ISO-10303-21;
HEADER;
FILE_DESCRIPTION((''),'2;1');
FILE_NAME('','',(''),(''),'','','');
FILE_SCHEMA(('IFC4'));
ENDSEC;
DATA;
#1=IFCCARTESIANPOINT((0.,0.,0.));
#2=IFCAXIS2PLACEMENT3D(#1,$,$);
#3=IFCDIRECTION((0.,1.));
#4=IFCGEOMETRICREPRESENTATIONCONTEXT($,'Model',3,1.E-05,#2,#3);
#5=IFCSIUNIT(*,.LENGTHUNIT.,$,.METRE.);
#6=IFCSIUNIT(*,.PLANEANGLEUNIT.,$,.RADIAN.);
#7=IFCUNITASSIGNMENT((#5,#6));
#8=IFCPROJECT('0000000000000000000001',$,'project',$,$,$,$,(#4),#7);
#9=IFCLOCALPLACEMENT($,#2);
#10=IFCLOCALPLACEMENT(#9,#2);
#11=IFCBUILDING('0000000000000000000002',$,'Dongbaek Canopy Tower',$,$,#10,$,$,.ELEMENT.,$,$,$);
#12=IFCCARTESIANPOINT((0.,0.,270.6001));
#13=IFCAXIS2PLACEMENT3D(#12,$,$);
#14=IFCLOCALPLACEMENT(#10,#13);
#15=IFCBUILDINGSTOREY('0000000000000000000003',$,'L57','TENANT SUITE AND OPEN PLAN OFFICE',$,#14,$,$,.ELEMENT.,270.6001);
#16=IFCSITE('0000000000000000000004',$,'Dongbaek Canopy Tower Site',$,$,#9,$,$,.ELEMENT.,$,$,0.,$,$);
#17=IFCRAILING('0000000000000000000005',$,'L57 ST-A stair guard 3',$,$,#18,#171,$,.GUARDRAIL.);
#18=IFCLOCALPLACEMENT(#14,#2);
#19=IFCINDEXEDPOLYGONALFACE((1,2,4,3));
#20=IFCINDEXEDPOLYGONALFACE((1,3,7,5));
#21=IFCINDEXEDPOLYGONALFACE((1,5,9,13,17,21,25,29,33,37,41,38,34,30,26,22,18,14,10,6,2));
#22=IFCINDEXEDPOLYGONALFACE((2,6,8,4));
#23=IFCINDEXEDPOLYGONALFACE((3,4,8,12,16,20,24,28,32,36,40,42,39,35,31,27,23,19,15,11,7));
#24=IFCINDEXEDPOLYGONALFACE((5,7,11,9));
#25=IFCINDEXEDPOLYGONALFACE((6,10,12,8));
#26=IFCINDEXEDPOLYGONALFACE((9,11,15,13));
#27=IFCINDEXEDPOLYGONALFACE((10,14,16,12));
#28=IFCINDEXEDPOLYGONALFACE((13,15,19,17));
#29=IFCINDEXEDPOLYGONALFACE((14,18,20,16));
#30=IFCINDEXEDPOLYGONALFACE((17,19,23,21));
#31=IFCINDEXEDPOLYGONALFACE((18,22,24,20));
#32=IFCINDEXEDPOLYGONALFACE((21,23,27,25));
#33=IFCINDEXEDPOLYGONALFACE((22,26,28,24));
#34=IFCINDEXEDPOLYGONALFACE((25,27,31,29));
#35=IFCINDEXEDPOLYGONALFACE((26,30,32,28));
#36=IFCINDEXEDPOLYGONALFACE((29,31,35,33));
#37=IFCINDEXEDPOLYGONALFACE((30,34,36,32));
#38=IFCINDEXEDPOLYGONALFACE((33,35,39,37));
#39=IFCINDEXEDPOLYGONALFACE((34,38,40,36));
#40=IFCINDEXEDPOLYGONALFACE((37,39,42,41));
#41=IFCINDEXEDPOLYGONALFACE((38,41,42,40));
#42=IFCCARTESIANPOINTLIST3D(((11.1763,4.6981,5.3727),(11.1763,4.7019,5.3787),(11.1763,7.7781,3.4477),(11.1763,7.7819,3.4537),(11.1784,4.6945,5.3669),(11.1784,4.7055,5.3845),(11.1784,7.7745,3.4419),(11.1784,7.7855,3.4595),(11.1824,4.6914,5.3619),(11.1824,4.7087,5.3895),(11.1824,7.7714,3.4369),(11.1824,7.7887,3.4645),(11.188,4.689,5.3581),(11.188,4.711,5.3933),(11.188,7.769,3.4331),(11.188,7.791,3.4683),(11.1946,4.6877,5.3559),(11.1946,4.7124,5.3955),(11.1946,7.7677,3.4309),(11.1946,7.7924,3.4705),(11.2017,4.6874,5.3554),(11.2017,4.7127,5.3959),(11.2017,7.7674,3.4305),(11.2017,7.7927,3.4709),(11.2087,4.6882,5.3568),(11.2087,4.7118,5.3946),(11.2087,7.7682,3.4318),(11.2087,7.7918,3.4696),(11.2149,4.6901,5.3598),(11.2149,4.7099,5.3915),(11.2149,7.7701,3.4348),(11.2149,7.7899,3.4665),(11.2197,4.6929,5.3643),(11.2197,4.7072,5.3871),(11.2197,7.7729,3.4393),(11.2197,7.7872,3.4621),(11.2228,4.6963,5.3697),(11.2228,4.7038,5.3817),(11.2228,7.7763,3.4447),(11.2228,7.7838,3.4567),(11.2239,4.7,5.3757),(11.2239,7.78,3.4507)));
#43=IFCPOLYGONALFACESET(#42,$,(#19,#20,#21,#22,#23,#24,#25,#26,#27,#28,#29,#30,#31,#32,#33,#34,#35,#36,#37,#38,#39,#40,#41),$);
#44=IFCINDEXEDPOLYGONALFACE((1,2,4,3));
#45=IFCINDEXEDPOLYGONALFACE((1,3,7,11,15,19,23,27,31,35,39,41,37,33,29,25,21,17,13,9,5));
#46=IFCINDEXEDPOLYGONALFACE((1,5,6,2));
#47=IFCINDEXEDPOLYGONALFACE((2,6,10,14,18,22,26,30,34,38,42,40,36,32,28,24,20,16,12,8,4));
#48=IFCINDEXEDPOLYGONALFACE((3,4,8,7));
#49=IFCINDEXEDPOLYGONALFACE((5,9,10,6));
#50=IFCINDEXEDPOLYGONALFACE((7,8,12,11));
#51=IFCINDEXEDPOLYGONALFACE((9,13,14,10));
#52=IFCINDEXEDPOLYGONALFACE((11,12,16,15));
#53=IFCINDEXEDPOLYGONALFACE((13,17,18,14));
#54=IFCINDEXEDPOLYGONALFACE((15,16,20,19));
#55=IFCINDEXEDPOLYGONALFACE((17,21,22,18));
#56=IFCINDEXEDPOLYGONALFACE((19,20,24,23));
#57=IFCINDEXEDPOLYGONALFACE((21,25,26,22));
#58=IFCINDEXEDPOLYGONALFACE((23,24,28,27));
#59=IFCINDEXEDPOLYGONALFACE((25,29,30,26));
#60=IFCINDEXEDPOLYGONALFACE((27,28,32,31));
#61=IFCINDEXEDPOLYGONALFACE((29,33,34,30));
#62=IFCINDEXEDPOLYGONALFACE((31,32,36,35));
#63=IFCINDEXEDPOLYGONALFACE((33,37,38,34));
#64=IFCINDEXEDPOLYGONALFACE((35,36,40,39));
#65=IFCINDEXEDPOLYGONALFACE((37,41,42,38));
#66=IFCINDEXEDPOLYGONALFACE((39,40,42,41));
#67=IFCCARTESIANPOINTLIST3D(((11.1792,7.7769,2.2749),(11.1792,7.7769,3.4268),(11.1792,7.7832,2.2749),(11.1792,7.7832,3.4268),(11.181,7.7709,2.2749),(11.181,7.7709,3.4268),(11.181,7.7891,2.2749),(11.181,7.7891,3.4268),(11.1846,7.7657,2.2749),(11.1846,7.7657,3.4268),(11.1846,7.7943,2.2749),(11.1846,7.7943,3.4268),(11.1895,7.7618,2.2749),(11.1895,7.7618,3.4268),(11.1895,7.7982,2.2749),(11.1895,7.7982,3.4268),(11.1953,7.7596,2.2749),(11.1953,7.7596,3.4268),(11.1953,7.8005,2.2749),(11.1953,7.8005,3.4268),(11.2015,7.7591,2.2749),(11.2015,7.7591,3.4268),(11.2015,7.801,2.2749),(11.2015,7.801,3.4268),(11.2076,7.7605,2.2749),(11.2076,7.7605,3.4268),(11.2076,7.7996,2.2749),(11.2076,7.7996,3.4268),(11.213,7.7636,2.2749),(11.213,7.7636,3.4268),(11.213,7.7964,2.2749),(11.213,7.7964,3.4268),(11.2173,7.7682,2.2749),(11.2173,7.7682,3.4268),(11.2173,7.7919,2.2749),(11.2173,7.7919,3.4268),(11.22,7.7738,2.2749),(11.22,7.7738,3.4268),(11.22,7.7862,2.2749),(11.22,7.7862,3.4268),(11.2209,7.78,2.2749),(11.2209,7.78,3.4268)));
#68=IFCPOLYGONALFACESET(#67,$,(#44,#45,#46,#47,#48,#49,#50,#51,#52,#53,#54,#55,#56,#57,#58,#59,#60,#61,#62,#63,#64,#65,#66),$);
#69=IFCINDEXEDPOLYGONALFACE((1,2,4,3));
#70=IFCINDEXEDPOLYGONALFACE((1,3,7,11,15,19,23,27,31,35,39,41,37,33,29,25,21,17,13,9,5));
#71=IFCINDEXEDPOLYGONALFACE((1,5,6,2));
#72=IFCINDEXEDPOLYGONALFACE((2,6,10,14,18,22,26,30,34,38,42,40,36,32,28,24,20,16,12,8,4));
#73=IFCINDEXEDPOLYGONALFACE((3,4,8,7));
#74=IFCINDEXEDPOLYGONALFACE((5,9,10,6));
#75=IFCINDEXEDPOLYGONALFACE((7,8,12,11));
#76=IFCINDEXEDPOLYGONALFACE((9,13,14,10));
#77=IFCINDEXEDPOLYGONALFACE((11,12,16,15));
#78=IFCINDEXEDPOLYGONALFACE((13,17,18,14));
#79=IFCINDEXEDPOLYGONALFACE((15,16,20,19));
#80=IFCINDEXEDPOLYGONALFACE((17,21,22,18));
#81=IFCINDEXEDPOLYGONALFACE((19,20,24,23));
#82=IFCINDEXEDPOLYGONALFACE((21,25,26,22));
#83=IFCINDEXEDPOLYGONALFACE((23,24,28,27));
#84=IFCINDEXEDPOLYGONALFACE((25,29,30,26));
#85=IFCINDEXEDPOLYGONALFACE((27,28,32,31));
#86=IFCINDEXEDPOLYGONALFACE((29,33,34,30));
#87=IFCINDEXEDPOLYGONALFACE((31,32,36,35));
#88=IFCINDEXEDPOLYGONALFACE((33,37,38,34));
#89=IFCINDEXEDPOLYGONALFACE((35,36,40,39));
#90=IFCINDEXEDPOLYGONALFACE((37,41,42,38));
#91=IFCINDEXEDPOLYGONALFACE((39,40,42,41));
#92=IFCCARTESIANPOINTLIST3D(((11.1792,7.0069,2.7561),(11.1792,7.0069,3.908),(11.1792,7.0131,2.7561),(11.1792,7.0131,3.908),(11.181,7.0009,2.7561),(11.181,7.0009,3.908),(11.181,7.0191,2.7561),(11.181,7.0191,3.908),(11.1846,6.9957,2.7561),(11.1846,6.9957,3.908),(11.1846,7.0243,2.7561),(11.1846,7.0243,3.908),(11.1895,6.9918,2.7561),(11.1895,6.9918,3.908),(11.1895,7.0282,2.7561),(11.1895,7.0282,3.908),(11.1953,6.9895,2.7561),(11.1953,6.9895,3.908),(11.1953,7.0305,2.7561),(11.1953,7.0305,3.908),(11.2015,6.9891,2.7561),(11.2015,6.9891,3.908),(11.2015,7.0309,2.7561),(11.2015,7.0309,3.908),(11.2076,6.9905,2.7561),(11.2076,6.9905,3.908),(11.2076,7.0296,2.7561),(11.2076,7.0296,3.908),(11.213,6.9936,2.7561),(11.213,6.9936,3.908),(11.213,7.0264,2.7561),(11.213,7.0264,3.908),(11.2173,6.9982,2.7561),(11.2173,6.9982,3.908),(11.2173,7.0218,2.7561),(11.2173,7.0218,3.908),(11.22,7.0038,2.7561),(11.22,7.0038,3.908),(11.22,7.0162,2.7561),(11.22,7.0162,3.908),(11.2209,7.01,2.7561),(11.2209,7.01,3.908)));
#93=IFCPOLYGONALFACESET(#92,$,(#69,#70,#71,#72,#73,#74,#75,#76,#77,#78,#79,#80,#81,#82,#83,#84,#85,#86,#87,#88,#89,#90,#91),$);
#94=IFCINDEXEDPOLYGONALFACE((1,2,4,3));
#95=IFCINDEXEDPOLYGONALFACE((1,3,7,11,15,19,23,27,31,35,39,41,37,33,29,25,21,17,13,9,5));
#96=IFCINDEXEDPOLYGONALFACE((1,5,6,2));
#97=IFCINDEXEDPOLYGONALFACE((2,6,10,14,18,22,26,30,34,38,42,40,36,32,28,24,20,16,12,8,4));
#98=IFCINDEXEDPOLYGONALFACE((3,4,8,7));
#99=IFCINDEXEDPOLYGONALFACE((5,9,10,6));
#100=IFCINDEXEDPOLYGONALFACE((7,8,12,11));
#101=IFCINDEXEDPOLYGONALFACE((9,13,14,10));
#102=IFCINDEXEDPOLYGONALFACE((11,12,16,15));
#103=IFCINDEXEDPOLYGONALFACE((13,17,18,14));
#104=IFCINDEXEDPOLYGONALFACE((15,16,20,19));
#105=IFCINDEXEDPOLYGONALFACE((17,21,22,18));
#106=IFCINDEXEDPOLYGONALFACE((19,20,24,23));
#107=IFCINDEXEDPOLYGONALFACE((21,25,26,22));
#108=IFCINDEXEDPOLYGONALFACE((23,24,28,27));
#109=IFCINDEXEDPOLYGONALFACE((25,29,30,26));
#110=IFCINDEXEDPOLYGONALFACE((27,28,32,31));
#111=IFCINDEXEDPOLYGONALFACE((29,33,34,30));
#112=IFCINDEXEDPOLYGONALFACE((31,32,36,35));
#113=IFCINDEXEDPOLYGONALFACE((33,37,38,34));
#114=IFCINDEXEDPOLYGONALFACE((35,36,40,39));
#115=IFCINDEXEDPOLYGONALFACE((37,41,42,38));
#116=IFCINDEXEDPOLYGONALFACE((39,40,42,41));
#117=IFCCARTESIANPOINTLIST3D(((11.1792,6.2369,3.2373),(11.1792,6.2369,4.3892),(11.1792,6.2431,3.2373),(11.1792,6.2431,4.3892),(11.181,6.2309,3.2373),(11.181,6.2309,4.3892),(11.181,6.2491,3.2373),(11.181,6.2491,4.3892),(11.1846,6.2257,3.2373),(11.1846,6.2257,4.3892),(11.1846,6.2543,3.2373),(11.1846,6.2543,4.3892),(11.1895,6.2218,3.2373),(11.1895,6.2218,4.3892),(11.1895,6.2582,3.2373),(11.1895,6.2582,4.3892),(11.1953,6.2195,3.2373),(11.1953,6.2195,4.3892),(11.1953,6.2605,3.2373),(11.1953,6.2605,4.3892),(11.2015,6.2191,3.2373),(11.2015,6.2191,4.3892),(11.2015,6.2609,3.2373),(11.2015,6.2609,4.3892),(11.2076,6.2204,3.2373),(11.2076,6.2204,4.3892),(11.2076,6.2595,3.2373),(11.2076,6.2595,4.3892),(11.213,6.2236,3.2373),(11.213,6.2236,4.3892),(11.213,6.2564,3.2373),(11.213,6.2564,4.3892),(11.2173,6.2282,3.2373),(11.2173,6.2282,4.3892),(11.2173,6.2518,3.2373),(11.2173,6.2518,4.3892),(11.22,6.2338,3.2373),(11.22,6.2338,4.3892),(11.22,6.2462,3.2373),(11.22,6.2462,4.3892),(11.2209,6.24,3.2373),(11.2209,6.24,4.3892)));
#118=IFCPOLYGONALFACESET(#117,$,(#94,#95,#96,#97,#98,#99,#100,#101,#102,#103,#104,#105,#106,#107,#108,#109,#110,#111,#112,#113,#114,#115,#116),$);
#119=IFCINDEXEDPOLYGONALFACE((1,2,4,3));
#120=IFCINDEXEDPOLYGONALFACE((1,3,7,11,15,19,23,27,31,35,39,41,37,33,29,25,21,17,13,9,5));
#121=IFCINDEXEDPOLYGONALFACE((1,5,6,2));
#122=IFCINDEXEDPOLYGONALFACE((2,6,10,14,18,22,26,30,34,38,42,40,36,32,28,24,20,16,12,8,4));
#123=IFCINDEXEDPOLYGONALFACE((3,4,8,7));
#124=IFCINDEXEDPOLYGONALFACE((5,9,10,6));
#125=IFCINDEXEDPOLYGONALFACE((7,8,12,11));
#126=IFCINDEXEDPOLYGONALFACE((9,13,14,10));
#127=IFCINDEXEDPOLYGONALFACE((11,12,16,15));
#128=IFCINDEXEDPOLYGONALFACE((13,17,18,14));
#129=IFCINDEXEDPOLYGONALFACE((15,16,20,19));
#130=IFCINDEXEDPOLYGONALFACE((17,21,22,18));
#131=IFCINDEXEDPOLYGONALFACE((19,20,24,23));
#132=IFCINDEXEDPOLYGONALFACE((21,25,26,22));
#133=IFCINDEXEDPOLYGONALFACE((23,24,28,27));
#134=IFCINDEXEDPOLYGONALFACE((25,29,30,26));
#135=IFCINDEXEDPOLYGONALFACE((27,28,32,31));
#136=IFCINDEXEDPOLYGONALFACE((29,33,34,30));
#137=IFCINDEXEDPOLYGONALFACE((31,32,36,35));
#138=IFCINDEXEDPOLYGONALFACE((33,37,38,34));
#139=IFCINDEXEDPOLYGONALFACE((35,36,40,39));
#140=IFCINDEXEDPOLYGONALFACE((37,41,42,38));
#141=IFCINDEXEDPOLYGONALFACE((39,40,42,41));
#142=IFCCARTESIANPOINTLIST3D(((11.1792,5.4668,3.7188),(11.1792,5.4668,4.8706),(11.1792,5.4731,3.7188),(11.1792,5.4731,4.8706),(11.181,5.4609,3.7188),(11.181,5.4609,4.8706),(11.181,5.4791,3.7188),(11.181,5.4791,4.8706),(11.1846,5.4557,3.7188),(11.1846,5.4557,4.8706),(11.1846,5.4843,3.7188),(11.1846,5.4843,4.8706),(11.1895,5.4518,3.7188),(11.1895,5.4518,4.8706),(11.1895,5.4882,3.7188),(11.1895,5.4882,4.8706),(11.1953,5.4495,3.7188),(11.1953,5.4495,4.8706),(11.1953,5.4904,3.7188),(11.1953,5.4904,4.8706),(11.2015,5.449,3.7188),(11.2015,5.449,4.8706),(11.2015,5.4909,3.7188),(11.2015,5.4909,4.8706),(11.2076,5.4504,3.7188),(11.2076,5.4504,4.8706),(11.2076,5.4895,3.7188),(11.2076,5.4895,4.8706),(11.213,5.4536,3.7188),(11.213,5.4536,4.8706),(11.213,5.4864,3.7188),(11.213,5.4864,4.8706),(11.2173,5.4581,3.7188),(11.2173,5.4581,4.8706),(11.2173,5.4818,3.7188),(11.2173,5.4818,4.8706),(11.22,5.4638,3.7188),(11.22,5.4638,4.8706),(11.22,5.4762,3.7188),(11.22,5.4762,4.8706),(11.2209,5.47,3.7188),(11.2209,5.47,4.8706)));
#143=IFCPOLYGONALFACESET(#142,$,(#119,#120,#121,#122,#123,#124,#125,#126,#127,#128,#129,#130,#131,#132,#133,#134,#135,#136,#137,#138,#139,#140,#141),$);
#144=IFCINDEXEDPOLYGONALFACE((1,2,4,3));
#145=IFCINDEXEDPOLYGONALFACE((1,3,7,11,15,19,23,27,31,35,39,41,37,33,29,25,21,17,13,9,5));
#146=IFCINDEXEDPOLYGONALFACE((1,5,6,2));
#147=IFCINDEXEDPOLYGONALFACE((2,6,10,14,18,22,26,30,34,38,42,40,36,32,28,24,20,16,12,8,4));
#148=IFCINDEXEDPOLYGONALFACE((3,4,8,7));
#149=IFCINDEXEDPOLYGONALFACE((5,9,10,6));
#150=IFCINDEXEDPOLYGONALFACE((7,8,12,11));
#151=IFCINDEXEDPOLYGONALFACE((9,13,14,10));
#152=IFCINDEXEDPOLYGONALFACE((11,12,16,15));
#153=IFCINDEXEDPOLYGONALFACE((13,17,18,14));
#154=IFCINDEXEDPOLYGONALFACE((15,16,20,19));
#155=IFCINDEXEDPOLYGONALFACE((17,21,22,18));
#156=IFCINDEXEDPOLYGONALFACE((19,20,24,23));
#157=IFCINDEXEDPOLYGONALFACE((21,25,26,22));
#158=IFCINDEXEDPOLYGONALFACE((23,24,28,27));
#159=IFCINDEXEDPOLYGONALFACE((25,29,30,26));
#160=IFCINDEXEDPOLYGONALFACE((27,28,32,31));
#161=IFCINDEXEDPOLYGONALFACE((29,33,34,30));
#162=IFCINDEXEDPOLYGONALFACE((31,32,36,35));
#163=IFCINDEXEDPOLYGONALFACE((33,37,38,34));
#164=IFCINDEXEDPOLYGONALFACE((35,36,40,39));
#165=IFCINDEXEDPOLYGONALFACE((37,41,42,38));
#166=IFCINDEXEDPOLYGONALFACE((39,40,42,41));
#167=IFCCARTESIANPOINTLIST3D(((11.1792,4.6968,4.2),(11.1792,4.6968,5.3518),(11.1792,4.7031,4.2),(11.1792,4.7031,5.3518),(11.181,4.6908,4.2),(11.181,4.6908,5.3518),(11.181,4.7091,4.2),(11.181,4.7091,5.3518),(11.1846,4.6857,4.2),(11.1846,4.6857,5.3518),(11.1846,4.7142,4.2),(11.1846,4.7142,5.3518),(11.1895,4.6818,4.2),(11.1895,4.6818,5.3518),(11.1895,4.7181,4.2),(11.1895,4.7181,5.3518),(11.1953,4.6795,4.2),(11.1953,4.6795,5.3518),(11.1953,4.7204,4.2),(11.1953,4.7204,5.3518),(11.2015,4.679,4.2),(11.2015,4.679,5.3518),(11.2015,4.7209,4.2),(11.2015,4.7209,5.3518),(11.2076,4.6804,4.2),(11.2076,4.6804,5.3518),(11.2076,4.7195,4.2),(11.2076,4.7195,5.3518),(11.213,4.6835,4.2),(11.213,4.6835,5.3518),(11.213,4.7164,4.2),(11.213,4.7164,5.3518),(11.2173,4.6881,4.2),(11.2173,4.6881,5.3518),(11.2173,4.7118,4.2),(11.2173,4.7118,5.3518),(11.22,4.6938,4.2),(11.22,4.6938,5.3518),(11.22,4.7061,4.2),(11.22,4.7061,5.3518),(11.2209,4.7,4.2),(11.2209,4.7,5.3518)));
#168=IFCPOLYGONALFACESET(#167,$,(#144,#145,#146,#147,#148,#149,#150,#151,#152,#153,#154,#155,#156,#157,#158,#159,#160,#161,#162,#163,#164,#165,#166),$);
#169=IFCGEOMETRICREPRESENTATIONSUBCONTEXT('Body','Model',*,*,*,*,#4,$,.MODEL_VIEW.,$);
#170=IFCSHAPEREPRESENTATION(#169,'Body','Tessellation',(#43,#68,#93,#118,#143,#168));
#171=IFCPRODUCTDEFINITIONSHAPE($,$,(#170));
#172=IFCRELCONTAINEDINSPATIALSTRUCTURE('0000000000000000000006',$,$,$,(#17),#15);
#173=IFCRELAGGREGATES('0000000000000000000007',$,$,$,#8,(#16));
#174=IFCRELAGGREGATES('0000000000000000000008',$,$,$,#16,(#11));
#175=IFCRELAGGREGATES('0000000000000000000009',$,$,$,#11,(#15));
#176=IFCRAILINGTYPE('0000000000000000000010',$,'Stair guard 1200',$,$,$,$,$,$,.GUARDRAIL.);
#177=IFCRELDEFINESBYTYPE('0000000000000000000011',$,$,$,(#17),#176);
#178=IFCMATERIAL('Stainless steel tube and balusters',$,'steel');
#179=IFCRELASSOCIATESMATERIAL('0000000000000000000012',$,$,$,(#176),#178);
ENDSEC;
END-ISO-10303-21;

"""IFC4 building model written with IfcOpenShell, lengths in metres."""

from ifc_helpers import new_model, si_unit, direction, frame, origin, origin_2d, place, context, subcontext, project, spatial, circle, extrude, material, type_object, element, save


model = new_model("IFC4")

# Units and contexts
model_context = context("Model", 3, precision=1e-05, world=origin(), true_north=direction((0.0, 1.0)))
body_context = subcontext(model_context, "Body", "Model", "MODEL_VIEW")
ifc_project = project(units=[si_unit("LENGTHUNIT", "METRE"), si_unit("PLANEANGLEUNIT", "RADIAN")], contexts=[model_context])

# Site, building, storey
site_placement = place(None, origin())
site = spatial("IfcSite", under=ifc_project, at=site_placement, Name="Dongbaek Canopy Tower Site", CompositionType="ELEMENT", RefElevation=0.0)
building_placement = place(site_placement, origin())
building = spatial("IfcBuilding", under=site, at=building_placement, Name="Dongbaek Canopy Tower", CompositionType="ELEMENT")
storey_placement = place(building_placement, frame((0.0, 0.0, 270.6001)))
storey = spatial("IfcBuildingStorey", under=building, at=storey_placement, Name="L57", Description="TENANT SUITE AND OPEN PLAN OFFICE", CompositionType="ELEMENT", Elevation=270.6001)

# Railing
ifc_material_1 = material(Name="Stainless steel tube and balusters", Category="steel")
railing_type_1 = type_object("IfcRailingType", Name="Stair guard 1200", PredefinedType="GUARDRAIL", material=ifc_material_1)
railing_1_placement = place(storey_placement, frame((11.2, 7.78, 2.2749)))
element("IfcRailing", 1, at=railing_1_placement, inside=storey, type_object=railing_type_1, Name="L57 ST-A stair guard 3", PredefinedType="GUARDRAIL", context=body_context, shape_type="SweptSolid", body=[
    extrude(circle(Radius=0.0239, at=origin_2d()), frame((0.0, 0.0, 1.1758), z_axis=(0.0, -0.847998, 0.529999), x_axis=(1.0, 0.0, 0.0)), (0.0, 0.0, 1.0), 3.6321),
    extrude(circle(Radius=0.021, at=origin_2d()), origin(), (0.0, 0.0, 1.0), 1.1519),
    extrude(circle(Radius=0.021, at=origin_2d()), frame((0.0, -0.77, 0.4812)), (0.0, 0.0, 1.0), 1.1519),
    extrude(circle(Radius=0.021, at=origin_2d()), frame((0.0, -1.54, 0.9624)), (0.0, 0.0, 1.0), 1.1519),
    extrude(circle(Radius=0.021, at=origin_2d()), frame((0.0, -2.3101, 1.4438)), (0.0, 0.0, 1.0), 1.1519),
    extrude(circle(Radius=0.021, at=origin_2d()), frame((0.0, -3.0801, 1.925)), (0.0, 0.0, 1.0), 1.1519),
])

save(model, "model.ifc")
